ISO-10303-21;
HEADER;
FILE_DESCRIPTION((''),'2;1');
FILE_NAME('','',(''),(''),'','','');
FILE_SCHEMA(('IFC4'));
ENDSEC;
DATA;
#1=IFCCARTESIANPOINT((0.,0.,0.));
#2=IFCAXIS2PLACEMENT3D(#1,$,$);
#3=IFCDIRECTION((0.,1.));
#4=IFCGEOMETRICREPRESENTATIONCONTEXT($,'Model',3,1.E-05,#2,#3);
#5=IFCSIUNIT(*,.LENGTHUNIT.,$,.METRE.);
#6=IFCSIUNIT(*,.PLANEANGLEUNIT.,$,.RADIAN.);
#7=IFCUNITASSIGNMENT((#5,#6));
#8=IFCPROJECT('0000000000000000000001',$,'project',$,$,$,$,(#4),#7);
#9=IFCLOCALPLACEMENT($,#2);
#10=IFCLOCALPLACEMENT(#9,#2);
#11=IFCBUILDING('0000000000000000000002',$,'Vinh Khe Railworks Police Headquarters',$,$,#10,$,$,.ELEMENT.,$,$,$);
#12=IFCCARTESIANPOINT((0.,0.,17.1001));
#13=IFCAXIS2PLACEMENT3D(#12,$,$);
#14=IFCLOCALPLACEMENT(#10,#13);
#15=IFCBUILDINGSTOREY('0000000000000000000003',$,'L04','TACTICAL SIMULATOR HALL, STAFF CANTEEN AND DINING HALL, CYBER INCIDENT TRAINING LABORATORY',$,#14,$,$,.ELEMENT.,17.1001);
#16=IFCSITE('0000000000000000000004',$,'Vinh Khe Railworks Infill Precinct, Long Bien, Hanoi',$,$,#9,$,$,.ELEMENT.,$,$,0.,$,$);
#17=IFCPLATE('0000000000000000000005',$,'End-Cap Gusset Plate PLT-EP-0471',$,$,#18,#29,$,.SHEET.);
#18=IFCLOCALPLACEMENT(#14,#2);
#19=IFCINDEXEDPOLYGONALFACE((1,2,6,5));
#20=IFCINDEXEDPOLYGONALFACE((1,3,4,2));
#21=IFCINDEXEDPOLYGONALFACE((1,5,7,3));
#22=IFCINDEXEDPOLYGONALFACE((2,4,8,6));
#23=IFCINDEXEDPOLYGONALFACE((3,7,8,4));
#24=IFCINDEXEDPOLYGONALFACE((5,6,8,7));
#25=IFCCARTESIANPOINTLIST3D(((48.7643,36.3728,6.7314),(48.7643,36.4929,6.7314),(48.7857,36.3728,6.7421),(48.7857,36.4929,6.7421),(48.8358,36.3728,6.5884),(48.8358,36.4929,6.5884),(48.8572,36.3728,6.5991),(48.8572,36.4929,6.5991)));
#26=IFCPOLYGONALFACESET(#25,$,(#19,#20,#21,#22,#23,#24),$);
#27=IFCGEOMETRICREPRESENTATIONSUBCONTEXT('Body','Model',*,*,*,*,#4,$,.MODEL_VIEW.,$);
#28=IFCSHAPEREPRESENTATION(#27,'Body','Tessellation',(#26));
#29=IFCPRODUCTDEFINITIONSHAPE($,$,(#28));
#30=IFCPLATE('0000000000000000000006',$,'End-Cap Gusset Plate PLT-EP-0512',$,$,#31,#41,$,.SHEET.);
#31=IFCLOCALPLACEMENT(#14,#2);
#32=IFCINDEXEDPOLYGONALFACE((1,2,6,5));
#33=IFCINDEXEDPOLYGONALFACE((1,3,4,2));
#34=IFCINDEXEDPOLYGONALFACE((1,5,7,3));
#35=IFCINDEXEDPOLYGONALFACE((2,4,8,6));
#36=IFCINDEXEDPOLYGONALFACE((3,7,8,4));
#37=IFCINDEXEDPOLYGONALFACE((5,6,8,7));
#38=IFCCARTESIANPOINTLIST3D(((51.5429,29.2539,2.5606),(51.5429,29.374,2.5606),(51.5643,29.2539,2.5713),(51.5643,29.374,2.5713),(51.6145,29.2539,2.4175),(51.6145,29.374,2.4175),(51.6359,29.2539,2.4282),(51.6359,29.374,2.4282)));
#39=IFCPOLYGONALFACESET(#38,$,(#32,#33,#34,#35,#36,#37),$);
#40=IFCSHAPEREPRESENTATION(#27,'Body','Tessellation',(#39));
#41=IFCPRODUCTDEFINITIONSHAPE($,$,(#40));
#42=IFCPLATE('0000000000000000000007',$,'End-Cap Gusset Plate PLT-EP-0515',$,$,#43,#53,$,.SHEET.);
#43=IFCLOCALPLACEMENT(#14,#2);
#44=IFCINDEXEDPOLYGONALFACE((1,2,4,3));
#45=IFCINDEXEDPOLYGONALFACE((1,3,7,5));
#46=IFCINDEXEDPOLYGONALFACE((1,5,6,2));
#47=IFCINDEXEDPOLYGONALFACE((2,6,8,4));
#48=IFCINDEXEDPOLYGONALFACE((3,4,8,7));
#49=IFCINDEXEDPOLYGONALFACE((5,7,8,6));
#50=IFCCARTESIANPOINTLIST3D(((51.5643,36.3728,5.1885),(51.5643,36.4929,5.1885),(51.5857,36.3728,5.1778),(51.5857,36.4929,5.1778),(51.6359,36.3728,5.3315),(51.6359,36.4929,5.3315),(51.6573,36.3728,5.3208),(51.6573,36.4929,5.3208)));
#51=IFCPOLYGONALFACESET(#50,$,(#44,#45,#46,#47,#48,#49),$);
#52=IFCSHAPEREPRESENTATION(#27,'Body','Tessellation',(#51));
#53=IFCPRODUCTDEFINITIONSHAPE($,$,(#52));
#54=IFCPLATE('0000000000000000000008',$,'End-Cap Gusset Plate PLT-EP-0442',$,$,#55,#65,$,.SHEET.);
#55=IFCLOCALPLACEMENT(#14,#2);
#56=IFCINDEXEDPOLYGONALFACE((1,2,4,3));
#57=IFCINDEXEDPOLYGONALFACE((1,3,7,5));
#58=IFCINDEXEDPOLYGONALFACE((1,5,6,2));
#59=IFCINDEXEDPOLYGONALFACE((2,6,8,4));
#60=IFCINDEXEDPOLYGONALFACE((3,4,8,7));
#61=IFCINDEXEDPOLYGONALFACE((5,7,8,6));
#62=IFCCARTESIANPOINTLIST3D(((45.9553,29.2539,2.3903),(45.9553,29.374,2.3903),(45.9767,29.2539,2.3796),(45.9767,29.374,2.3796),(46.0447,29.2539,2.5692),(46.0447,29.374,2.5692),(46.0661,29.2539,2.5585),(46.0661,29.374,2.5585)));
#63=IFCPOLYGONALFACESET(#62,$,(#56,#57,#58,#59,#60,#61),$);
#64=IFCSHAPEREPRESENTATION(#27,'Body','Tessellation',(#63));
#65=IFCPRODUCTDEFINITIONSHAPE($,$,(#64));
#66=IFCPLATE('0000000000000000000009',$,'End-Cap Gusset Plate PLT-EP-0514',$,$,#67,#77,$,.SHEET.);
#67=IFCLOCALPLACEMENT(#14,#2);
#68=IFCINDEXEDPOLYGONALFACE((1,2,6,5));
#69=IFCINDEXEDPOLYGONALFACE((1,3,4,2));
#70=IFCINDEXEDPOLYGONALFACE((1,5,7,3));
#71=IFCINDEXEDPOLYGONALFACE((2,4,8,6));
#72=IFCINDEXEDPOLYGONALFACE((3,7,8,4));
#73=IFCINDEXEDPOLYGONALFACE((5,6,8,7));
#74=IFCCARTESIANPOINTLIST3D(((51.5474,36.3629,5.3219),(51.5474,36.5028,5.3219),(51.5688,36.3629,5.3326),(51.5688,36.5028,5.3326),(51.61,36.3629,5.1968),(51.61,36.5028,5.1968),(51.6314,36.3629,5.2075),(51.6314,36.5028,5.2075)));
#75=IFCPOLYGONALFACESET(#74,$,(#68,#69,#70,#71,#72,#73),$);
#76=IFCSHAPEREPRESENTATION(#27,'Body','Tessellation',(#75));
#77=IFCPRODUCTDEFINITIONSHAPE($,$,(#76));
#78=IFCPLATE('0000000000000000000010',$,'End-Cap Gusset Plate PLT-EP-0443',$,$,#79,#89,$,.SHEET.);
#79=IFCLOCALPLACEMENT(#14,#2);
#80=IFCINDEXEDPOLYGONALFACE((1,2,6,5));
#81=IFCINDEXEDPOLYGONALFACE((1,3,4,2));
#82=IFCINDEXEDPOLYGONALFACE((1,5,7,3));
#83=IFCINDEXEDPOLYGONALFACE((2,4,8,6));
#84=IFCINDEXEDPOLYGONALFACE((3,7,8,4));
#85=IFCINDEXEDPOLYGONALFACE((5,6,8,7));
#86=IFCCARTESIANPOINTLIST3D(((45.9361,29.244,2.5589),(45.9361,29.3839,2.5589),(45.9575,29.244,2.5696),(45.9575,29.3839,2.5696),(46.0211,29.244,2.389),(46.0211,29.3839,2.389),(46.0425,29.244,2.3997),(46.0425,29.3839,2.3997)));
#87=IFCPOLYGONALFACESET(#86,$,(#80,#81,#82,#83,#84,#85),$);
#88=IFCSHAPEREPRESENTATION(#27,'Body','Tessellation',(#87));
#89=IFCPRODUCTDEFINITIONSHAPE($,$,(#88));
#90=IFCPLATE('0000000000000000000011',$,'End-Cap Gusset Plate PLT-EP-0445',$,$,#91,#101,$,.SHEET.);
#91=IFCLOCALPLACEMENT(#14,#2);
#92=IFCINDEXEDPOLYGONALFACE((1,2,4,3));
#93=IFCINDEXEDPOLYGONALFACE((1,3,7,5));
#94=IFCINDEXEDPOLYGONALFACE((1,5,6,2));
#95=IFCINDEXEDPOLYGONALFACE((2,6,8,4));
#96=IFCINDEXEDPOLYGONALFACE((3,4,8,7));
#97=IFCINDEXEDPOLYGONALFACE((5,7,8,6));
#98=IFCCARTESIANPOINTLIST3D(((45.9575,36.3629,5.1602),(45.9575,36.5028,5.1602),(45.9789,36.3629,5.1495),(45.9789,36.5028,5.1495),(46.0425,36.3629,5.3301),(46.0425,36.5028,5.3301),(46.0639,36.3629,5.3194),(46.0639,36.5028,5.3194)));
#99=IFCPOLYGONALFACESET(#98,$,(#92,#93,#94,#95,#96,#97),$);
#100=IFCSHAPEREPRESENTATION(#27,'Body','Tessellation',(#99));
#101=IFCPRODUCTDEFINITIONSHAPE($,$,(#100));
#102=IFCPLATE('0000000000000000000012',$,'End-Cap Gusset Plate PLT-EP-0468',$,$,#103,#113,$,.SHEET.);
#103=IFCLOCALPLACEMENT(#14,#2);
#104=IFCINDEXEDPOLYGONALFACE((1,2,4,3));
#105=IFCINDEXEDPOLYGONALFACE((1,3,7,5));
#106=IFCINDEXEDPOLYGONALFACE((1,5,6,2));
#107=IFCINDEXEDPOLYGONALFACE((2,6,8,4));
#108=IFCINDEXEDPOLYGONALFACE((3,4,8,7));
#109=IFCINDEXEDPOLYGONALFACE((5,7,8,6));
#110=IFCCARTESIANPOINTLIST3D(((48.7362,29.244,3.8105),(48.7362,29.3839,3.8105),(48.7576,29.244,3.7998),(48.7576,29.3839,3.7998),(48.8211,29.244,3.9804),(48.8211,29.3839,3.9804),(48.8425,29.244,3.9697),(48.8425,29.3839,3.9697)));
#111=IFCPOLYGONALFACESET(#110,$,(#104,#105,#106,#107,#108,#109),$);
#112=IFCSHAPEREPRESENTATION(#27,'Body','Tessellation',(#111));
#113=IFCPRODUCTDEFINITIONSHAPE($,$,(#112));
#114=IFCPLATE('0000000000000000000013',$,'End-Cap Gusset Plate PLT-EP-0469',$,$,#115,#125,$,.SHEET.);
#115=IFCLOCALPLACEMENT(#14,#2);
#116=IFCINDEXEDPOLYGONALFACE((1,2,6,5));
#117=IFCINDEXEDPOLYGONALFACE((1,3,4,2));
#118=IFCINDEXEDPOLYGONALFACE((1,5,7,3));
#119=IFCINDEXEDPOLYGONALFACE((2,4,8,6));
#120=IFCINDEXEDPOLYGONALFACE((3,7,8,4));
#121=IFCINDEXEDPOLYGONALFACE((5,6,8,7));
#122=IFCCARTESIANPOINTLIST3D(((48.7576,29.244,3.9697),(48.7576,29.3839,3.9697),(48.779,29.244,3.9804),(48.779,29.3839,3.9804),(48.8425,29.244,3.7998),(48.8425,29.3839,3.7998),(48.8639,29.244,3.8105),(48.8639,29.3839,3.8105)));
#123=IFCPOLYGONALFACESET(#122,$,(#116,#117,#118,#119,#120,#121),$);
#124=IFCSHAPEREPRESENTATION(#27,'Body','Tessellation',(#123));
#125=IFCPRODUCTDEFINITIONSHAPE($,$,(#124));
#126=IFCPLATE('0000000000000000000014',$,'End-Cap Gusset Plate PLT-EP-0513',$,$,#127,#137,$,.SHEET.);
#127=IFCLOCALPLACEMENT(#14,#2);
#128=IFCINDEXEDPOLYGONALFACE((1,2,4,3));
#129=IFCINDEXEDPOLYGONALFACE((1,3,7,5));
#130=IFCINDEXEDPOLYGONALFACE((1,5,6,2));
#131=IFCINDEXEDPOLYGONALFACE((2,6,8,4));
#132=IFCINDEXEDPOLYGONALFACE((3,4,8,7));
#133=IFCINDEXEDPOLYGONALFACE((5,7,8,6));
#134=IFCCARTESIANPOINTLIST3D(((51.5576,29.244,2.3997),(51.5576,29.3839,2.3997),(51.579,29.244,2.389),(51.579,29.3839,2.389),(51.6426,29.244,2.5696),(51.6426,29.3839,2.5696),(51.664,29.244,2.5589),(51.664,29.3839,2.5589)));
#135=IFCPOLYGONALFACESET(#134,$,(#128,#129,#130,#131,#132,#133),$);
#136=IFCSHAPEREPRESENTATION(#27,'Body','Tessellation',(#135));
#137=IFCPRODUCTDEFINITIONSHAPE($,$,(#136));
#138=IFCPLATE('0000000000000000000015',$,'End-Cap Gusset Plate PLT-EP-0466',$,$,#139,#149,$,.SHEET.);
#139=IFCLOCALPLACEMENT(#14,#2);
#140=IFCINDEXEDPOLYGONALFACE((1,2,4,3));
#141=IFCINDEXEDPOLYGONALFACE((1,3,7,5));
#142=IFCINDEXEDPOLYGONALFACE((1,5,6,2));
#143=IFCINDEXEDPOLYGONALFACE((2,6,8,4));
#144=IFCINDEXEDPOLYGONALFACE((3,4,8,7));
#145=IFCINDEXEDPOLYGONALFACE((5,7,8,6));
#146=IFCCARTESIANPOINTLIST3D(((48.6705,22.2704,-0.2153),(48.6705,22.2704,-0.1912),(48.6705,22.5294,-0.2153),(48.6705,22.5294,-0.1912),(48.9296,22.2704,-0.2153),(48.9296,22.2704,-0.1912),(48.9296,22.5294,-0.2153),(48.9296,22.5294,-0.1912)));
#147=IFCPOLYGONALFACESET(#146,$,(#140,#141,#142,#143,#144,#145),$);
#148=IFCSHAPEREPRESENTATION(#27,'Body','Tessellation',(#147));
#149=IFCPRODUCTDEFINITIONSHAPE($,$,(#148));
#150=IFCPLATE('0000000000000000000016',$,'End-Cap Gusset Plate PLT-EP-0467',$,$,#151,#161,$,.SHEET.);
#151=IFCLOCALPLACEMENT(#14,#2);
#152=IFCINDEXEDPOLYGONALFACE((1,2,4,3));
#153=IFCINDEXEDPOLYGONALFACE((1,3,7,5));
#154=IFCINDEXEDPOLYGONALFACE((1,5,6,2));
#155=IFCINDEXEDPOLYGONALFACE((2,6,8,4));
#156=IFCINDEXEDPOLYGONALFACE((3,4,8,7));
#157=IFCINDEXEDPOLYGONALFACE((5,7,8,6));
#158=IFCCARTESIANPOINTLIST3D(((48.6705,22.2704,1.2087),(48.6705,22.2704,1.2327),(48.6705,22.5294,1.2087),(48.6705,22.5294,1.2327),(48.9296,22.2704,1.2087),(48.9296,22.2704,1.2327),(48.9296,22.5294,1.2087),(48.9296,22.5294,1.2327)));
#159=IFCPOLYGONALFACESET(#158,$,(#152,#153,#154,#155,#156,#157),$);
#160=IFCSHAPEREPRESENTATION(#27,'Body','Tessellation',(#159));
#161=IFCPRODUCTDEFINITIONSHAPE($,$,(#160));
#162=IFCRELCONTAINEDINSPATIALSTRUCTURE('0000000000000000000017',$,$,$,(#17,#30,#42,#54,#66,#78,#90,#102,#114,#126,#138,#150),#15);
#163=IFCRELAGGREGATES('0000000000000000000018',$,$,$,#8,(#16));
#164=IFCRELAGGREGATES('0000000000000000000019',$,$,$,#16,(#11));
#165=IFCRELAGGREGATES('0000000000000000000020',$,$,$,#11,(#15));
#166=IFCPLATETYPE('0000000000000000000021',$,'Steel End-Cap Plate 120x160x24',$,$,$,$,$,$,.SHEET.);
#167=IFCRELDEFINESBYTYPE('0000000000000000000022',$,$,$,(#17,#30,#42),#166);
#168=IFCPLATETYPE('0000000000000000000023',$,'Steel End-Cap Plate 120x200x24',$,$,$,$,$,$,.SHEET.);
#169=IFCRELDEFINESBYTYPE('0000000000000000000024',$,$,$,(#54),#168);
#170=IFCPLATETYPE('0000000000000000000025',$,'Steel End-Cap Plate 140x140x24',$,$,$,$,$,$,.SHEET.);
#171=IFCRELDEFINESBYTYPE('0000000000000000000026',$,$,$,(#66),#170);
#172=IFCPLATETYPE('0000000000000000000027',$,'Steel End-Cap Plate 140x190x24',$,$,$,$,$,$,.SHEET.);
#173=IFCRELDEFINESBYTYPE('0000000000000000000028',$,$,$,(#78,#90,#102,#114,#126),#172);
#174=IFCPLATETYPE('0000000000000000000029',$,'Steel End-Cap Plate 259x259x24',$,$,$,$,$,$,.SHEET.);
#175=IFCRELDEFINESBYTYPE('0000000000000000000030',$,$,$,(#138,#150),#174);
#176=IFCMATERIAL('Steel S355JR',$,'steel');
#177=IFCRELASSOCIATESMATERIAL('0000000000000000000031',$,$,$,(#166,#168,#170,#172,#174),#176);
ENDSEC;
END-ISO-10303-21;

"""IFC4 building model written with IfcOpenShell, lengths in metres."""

from ifc_helpers import new_model, si_unit, direction, frame, origin, origin_2d, place, context, subcontext, project, spatial, rectangle, extrude, material, material_profile, profile_set, type_object, element, save


model = new_model("IFC4")

# Units and contexts
model_context = context("Model", 3, precision=1e-05, world=origin(), true_north=direction((0.0, 1.0)))
body_context = subcontext(model_context, "Body", "Model", "MODEL_VIEW")
ifc_project = project(units=[si_unit("LENGTHUNIT", "METRE"), si_unit("PLANEANGLEUNIT", "RADIAN")], contexts=[model_context])

# Site, building, storey
site_placement = place(None, origin())
site = spatial("IfcSite", under=ifc_project, at=site_placement, Name="Vinh Khe Railworks Infill Precinct, Long Bien, Hanoi", CompositionType="ELEMENT", RefElevation=0.0)
building_placement = place(site_placement, origin())
building = spatial("IfcBuilding", under=site, at=building_placement, Name="Vinh Khe Railworks Police Headquarters", CompositionType="ELEMENT")
storey_placement = place(building_placement, frame((0.0, 0.0, 17.1001)))
storey = spatial("IfcBuildingStorey", under=building, at=storey_placement, Name="L04", Description="TACTICAL SIMULATOR HALL, STAFF CANTEEN AND DINING HALL, CYBER INCIDENT TRAINING LABORATORY", CompositionType="ELEMENT", Elevation=17.1001)

# Shared definitions
ifc_material_1 = material(Name="Steel S355JR", Category="steel")

# Plates
ifc_material_profile_1 = material_profile(ifc_material_1, rectangle(XDim=0.1201, YDim=0.1599, at=origin_2d()), Name="PL 120x160")
ifc_profile_set_1 = profile_set([ifc_material_profile_1], Name="Steel S355JR")
plate_type_1 = type_object("IfcPlateType", Name="Steel End-Cap Plate 120x160x24", PredefinedType="SHEET", material=ifc_profile_set_1)
for number, where, z_axis, x_axis, name in (
    (1, (48.8, 36.4329, 6.6599), (0.894427, 0.0, 0.447214), (0.0, 1.0, 0.0), "End-Cap Gusset Plate PLT-EP-0471"),
    (2, (51.6001, 29.314, 2.4998), (-0.894427, 0.0, -0.447214), (0.0, -1.0, 0.0), "End-Cap Gusset Plate PLT-EP-0512"),
    (3, (51.6001, 36.4329, 5.26), (0.894427, 0.0, -0.447214), (0.0, 1.0, 0.0), "End-Cap Gusset Plate PLT-EP-0515"),
):
    element("IfcPlate", number, at=place(storey_placement, frame(where, z_axis=z_axis, x_axis=x_axis)), inside=storey, type_object=plate_type_1, Name=name, PredefinedType="SHEET", context=body_context, shape_type="SweptSolid", body=[
        extrude(rectangle(XDim=0.1201, YDim=0.1599, at=origin_2d()), origin(), (0.0, 0.0, 1.0), 0.0239),
    ])
ifc_material_profile_2 = material_profile(ifc_material_1, rectangle(XDim=0.1201, YDim=0.2, at=origin_2d()), Name="PL 120x200")
ifc_profile_set_2 = profile_set([ifc_material_profile_2], Name="Steel S355JR")
plate_type_2 = type_object("IfcPlateType", Name="Steel End-Cap Plate 120x200x24", PredefinedType="SHEET", material=ifc_profile_set_2)
plate_1_placement = place(storey_placement, frame((46.0, 29.314, 2.4797), z_axis=(0.894427, 0.0, -0.447214), x_axis=(0.0, 1.0, 0.0)))
element("IfcPlate", 4, at=plate_1_placement, inside=storey, type_object=plate_type_2, Name="End-Cap Gusset Plate PLT-EP-0442", PredefinedType="SHEET", context=body_context, shape_type="SweptSolid", body=[
    extrude(rectangle(XDim=0.1201, YDim=0.2, at=origin_2d()), origin(), (0.0, 0.0, 1.0), 0.0239),
])
ifc_material_profile_3 = material_profile(ifc_material_1, rectangle(XDim=0.1399, YDim=0.1399, at=origin_2d()), Name="PL 140x140")
ifc_profile_set_3 = profile_set([ifc_material_profile_3], Name="Steel S355JR")
plate_type_3 = type_object("IfcPlateType", Name="Steel End-Cap Plate 140x140x24", PredefinedType="SHEET", material=ifc_profile_set_3)
plate_2_placement = place(storey_placement, frame((51.6001, 36.4329, 5.27), z_axis=(-0.894427, 0.0, -0.447214), x_axis=(0.0, -1.0, 0.0)))
element("IfcPlate", 5, at=plate_2_placement, inside=storey, type_object=plate_type_3, Name="End-Cap Gusset Plate PLT-EP-0514", PredefinedType="SHEET", context=body_context, shape_type="SweptSolid", body=[
    extrude(rectangle(XDim=0.1399, YDim=0.1399, at=origin_2d()), origin(), (0.0, 0.0, 1.0), 0.0239),
])
ifc_material_profile_4 = material_profile(ifc_material_1, rectangle(XDim=0.1399, YDim=0.1899, at=origin_2d()), Name="PL 140x190")
ifc_profile_set_4 = profile_set([ifc_material_profile_4], Name="Steel S355JR")
plate_type_4 = type_object("IfcPlateType", Name="Steel End-Cap Plate 140x190x24", PredefinedType="SHEET", material=ifc_profile_set_4)
for number, where, z_axis, x_axis, name in (
    (6, (46.0, 29.314, 2.4846), (-0.894427, 0.0, -0.447214), (0.0, -1.0, 0.0), "End-Cap Gusset Plate PLT-EP-0443"),
    (7, (46.0, 36.4329, 5.2451), (0.894427, 0.0, -0.447214), (0.0, 1.0, 0.0), "End-Cap Gusset Plate PLT-EP-0445"),
    (8, (48.8, 29.314, 3.8848), (-0.894427, 0.0, 0.447214), (0.0, -1.0, 0.0), "End-Cap Gusset Plate PLT-EP-0468"),
    (9, (48.8, 29.314, 3.8848), (0.894427, 0.0, 0.447214), (0.0, 1.0, 0.0), "End-Cap Gusset Plate PLT-EP-0469"),
    (10, (51.6001, 29.314, 2.4846), (0.894427, 0.0, -0.447214), (0.0, 1.0, 0.0), "End-Cap Gusset Plate PLT-EP-0513"),
):
    element("IfcPlate", number, at=place(storey_placement, frame(where, z_axis=z_axis, x_axis=x_axis)), inside=storey, type_object=plate_type_4, Name=name, PredefinedType="SHEET", context=body_context, shape_type="SweptSolid", body=[
        extrude(rectangle(XDim=0.1399, YDim=0.1899, at=origin_2d()), origin(), (0.0, 0.0, 1.0), 0.0239),
    ])
ifc_material_profile_5 = material_profile(ifc_material_1, rectangle(XDim=0.259, YDim=0.259, at=origin_2d()), Name="PL 259x259")
ifc_profile_set_5 = profile_set([ifc_material_profile_5], Name="Steel S355JR")
plate_type_5 = type_object("IfcPlateType", Name="Steel End-Cap Plate 259x259x24", PredefinedType="SHEET", material=ifc_profile_set_5)
plate_3_placement = place(storey_placement, frame((48.8, 22.3999, -0.1912), z_axis=(0.0, 0.0, -1.0), x_axis=(1.0, 0.0, 0.0)))
element("IfcPlate", 11, at=plate_3_placement, inside=storey, type_object=plate_type_5, Name="End-Cap Gusset Plate PLT-EP-0466", PredefinedType="SHEET", context=body_context, shape_type="SweptSolid", body=[
    extrude(rectangle(XDim=0.259, YDim=0.259, at=origin_2d()), origin(), (0.0, 0.0, 1.0), 0.0242),
])
plate_4_placement = place(storey_placement, frame((48.8, 22.3999, 1.2087), z_axis=(0.0, 0.0, 1.0), x_axis=(1.0, 0.0, 0.0)))
element("IfcPlate", 12, at=plate_4_placement, inside=storey, type_object=plate_type_5, Name="End-Cap Gusset Plate PLT-EP-0467", PredefinedType="SHEET", context=body_context, shape_type="SweptSolid", body=[
    extrude(rectangle(XDim=0.259, YDim=0.259, at=origin_2d()), origin(), (0.0, 0.0, 1.0), 0.0239),
])

save(model, "model.ifc")
